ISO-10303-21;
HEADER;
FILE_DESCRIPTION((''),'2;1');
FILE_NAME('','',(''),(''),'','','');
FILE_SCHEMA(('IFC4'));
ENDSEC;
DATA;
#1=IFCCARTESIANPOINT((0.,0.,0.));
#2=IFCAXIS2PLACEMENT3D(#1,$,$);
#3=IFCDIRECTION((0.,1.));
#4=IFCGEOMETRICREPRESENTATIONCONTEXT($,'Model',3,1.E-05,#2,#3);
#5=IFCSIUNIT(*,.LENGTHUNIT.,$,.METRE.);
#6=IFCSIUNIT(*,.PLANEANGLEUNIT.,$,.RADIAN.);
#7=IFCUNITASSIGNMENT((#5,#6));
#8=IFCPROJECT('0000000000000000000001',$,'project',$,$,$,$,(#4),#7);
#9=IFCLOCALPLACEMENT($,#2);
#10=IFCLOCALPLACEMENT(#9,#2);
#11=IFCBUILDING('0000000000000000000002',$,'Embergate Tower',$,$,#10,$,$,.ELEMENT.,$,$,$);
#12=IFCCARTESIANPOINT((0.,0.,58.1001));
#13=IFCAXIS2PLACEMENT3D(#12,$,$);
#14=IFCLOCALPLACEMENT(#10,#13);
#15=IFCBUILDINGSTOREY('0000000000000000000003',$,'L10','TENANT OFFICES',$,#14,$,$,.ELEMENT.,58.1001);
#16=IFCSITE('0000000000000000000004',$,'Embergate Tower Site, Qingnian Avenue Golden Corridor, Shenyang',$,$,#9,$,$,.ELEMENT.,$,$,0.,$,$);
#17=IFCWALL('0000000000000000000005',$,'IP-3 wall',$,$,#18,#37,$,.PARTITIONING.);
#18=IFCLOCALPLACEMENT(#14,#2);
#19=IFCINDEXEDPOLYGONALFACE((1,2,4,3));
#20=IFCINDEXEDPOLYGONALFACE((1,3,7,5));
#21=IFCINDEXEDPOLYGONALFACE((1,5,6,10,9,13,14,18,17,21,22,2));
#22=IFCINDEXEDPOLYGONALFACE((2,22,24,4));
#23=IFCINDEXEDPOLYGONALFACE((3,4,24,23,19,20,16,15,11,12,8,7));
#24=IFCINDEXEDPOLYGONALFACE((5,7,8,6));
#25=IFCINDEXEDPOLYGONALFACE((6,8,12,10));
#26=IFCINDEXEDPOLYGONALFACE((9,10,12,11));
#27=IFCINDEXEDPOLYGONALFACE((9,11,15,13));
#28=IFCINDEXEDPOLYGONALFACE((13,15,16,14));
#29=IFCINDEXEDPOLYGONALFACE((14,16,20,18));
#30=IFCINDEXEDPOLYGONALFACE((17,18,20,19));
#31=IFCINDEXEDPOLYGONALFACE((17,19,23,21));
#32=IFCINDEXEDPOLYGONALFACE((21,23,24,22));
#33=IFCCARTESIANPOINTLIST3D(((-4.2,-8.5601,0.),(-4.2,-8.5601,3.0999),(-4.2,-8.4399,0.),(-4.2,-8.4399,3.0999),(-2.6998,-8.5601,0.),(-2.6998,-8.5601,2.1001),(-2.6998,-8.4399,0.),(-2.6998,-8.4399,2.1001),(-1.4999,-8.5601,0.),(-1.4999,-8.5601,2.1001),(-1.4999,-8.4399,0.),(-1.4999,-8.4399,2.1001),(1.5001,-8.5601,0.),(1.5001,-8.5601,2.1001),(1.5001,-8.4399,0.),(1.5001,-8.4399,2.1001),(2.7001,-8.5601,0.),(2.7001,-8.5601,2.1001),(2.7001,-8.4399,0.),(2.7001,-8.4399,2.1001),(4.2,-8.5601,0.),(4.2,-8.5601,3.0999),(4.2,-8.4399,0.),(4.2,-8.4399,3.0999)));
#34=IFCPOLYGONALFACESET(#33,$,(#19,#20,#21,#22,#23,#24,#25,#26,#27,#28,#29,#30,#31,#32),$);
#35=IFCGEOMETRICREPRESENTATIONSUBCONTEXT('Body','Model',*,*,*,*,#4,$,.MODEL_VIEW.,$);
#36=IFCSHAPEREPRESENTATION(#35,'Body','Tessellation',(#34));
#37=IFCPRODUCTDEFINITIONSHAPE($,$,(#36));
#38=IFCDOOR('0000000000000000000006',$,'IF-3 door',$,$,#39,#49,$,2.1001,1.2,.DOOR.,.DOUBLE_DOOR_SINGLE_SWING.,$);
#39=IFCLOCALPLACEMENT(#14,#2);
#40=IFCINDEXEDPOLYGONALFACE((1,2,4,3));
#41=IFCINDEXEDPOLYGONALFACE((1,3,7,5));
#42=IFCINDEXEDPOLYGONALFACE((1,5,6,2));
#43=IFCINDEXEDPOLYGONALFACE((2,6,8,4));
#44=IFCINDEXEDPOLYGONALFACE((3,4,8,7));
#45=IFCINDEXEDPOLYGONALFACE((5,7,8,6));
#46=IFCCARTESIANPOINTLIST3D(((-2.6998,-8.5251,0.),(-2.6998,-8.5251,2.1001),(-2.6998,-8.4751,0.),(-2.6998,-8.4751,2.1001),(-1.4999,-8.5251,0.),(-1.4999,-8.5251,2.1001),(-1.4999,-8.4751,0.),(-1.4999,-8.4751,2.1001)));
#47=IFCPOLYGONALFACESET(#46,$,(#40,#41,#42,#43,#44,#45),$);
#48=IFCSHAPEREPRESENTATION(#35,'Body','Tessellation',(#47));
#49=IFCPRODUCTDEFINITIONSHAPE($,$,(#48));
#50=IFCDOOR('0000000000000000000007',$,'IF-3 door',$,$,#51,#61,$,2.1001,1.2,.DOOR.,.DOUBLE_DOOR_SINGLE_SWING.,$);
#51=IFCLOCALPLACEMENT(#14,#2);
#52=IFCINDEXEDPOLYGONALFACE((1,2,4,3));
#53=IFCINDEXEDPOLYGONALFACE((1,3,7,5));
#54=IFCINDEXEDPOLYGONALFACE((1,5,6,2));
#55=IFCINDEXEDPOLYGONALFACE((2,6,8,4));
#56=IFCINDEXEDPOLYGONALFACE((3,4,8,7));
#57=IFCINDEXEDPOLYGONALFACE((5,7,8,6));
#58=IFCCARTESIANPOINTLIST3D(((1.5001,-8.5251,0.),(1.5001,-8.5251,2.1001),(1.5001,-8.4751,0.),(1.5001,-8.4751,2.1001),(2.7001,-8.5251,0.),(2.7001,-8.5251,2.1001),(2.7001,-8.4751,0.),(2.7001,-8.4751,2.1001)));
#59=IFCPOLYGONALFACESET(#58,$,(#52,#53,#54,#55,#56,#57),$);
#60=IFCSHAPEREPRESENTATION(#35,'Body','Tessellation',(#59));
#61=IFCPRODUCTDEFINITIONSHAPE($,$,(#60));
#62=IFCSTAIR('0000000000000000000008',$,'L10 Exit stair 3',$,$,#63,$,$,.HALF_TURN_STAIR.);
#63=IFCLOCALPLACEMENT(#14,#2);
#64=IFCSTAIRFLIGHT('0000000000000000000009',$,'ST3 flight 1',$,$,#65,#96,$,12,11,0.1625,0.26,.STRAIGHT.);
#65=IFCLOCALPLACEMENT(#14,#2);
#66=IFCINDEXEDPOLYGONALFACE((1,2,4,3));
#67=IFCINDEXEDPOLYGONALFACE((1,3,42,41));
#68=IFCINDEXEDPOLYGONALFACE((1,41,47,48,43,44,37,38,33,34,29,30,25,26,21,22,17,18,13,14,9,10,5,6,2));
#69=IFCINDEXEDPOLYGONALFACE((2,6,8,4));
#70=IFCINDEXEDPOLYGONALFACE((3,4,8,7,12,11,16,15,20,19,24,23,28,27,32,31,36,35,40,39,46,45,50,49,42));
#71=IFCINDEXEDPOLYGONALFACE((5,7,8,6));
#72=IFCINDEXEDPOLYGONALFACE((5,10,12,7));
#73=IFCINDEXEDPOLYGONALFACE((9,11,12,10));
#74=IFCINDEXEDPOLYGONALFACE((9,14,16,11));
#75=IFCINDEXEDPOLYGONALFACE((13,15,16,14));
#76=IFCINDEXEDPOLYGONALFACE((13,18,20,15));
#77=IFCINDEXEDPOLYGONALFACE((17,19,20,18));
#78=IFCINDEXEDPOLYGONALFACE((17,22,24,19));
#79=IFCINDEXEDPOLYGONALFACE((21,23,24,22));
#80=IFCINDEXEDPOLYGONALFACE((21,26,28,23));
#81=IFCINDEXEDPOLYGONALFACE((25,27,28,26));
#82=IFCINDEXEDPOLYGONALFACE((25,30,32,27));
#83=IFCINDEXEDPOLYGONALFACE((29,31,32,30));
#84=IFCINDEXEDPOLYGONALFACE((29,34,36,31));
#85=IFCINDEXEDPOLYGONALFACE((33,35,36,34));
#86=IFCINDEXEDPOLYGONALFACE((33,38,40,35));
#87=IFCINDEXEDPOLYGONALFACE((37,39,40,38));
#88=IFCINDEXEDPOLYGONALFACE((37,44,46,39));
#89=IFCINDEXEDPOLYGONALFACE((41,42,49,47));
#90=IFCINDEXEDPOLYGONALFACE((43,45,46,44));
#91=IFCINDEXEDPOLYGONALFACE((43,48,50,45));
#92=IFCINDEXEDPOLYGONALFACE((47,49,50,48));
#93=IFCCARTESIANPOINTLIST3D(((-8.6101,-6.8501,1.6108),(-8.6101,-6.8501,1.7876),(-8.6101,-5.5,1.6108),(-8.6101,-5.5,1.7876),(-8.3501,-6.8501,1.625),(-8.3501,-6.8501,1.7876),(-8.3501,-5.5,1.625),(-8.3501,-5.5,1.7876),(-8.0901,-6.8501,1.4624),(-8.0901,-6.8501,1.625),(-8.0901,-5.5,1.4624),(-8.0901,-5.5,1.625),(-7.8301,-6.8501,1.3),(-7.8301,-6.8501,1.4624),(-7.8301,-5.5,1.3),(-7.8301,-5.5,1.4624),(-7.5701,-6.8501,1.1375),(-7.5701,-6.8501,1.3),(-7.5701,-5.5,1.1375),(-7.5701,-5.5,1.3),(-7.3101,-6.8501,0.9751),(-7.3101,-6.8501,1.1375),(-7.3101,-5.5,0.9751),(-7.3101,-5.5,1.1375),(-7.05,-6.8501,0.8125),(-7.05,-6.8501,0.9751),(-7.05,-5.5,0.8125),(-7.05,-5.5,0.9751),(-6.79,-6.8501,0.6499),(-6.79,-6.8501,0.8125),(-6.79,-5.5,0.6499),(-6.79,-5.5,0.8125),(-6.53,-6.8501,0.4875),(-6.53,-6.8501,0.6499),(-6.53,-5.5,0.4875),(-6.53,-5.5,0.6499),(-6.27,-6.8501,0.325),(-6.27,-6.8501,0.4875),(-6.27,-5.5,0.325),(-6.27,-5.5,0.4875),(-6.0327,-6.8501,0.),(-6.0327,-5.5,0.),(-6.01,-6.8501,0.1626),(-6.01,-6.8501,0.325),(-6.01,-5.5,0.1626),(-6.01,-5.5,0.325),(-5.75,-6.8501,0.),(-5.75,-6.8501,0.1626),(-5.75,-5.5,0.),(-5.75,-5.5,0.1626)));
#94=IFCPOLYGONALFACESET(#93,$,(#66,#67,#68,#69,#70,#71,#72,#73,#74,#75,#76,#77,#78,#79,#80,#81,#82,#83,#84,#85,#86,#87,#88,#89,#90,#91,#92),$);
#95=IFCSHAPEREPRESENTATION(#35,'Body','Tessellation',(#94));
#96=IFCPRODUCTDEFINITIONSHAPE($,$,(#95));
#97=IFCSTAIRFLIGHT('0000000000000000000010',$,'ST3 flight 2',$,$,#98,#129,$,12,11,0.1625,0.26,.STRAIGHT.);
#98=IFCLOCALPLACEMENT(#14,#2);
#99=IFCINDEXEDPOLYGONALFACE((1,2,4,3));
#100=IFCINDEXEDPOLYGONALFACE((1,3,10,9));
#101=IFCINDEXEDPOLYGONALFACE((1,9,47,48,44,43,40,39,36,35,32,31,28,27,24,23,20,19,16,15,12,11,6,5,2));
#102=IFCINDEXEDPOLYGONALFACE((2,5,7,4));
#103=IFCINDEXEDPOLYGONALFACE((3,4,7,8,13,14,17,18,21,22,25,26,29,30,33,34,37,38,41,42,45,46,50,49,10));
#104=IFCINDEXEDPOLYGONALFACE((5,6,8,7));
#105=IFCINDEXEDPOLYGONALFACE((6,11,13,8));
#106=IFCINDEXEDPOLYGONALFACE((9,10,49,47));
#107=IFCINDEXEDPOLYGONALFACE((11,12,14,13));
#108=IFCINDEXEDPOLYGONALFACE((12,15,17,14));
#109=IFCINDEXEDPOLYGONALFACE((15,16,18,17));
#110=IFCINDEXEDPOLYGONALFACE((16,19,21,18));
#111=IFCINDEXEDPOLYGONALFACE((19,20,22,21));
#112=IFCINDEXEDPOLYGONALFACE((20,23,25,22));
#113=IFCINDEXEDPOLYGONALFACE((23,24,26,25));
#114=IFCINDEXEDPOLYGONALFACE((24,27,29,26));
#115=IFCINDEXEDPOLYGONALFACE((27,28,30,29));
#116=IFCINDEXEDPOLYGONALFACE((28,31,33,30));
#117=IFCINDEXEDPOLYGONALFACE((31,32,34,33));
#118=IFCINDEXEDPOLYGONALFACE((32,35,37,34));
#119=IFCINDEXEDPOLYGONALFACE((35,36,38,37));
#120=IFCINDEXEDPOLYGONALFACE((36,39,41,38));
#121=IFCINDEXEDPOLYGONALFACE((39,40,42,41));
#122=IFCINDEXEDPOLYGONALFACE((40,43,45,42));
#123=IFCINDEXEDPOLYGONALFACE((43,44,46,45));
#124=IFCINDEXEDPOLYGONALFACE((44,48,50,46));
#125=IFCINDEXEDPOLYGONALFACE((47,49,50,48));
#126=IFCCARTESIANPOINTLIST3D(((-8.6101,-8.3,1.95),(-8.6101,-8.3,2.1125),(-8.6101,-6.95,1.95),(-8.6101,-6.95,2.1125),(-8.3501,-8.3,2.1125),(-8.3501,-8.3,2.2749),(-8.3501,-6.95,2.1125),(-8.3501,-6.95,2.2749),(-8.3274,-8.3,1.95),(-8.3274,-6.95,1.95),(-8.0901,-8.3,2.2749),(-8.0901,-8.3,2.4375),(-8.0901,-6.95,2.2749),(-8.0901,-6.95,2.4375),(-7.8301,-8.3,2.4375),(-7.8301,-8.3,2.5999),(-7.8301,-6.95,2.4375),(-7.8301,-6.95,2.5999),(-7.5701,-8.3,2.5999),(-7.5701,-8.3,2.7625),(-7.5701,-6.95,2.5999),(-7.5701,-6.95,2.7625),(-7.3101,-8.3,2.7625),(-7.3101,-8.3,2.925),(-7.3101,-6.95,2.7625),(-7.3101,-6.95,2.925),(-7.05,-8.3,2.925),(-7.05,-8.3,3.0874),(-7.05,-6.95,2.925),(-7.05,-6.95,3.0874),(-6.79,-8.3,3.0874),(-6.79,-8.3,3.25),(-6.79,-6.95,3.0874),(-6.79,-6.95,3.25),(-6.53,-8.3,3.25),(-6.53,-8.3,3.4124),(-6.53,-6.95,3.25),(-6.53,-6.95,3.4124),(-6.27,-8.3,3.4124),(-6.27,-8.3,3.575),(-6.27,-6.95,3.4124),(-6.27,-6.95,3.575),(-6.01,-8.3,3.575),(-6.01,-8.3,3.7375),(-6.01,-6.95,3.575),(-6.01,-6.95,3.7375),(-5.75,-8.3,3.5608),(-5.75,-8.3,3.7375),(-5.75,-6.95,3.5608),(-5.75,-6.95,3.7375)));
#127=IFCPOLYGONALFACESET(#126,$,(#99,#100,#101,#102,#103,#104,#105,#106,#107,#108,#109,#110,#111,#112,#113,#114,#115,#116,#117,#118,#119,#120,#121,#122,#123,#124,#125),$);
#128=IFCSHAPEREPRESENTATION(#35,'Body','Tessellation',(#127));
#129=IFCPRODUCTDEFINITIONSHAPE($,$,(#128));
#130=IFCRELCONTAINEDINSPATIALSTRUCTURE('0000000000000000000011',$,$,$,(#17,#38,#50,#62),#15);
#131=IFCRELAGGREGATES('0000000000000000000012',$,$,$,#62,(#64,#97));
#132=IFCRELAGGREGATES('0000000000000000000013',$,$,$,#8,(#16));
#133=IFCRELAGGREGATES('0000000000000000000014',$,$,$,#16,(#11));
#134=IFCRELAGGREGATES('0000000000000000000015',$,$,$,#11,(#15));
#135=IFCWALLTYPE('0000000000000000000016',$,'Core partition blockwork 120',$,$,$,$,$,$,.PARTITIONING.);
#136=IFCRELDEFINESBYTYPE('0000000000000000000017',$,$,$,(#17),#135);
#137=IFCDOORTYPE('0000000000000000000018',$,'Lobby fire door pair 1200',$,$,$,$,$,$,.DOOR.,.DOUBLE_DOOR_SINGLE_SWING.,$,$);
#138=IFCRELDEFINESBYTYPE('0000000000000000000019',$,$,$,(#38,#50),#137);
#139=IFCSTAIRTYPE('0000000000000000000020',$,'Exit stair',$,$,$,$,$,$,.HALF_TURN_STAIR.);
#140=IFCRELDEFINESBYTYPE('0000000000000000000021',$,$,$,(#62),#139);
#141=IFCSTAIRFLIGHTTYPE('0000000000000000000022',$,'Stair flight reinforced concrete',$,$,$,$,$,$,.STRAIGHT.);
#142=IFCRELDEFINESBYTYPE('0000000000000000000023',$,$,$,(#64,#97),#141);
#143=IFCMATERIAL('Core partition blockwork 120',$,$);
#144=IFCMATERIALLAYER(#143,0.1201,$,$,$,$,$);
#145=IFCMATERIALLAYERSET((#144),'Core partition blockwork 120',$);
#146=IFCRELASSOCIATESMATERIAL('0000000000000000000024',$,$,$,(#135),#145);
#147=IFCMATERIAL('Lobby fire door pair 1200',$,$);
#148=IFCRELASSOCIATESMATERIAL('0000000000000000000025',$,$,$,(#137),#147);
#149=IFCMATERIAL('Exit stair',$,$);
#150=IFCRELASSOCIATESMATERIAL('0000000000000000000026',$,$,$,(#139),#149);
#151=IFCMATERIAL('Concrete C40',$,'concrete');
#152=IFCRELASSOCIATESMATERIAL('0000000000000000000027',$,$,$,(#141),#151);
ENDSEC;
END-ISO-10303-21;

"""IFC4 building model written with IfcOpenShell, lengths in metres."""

from ifc_helpers import new_model, si_unit, direction, frame, frame_2d, origin, place, context, subcontext, project, spatial, polyline, rectangle, outline, extrude, source, transform, mapped, material, layer, layer_set, type_object, element, fill, aggregate, save


model = new_model("IFC4")

# Units and contexts
model_context = context("Model", 3, precision=1e-05, world=origin(), true_north=direction((0.0, 1.0)))
body_context = subcontext(model_context, "Body", "Model", "MODEL_VIEW")
ifc_project = project(units=[si_unit("LENGTHUNIT", "METRE"), si_unit("PLANEANGLEUNIT", "RADIAN")], contexts=[model_context])

# Site, building, storey
site_placement = place(None, origin())
site = spatial("IfcSite", under=ifc_project, at=site_placement, Name="Embergate Tower Site, Qingnian Avenue Golden Corridor, Shenyang", CompositionType="ELEMENT", RefElevation=0.0)
building_placement = place(site_placement, origin())
building = spatial("IfcBuilding", under=site, at=building_placement, Name="Embergate Tower", CompositionType="ELEMENT")
storey_placement = place(building_placement, frame((0.0, 0.0, 58.1001)))
storey = spatial("IfcBuildingStorey", under=building, at=storey_placement, Name="L10", Description="TENANT OFFICES", CompositionType="ELEMENT", Elevation=58.1001)

# Shared definitions
shared_shape_1 = source(origin(), body_context, "Body", "SweptSolid", [
    extrude(rectangle(XDim=1.2, YDim=2.1001, at=frame_2d((0.6001, 1.05))), frame((0.0, 0.0249, 0.0), z_axis=(0.0, -1.0, 0.0), x_axis=(1.0, 0.0, 0.0)), (0.0, 0.0, 1.0), 0.05),
])
ifc_material_1 = material(Name="Core partition blockwork 120")
ifc_layer_1 = layer(ifc_material_1, 0.1201)
ifc_layer_set_1 = layer_set([ifc_layer_1], Name="Core partition blockwork 120")
wall_type_1 = type_object("IfcWallType", Name="Core partition blockwork 120", PredefinedType="PARTITIONING", material=ifc_layer_set_1)

# Wall, openings, doors
shared_shape_2 = source(origin(), body_context, "Body", "SweptSolid", [
    extrude(rectangle(XDim=8.3999, YDim=0.1201, at=frame_2d((4.2, 0.0))), origin(), (0.0, 0.0, 1.0), 3.0999),
])
wall_1_placement = place(storey_placement, frame((-4.2, -8.5, 0.0), z_axis=(0.0, 0.0, 1.0), x_axis=(1.0, 0.0, 0.0)))
wall_1 = element("IfcWall", 1, at=wall_1_placement, inside=storey, type_object=wall_type_1, Name="IP-3 wall", PredefinedType="PARTITIONING", context=body_context, shape_type="MappedRepresentation", body=[
    mapped(shared_shape_2, transform((0.0, 0.0, 0.0))),
])
shared_shape_3 = source(origin(), body_context, "Body", "SweptSolid", [
    extrude(rectangle(XDim=1.2, YDim=2.1001, at=frame_2d((0.6001, 1.05))), frame((0.0, 0.0701, 0.0), z_axis=(0.0, -1.0, 0.0), x_axis=(1.0, 0.0, 0.0)), (0.0, 0.0, 1.0), 0.1401),
])
opening_1_placement = place(wall_1_placement, frame((1.5, 0.0, 0.0)))
opening_1 = element("IfcOpeningElement", 2, at=opening_1_placement, cuts=wall_1, PredefinedType="OPENING", context=body_context, shape_type="MappedRepresentation", body=[
    mapped(shared_shape_3, transform((0.0, 0.0, 0.0))),
])
opening_2_placement = place(wall_1_placement, frame((5.7, 0.0, 0.0)))
opening_2 = element("IfcOpeningElement", 3, at=opening_2_placement, cuts=wall_1, PredefinedType="OPENING", context=body_context, shape_type="MappedRepresentation", body=[
    mapped(shared_shape_3, transform((0.0, 0.0, 0.0))),
])
ifc_material_2 = material(Name="Lobby fire door pair 1200")
door_type_1 = type_object("IfcDoorType", Name="Lobby fire door pair 1200", OperationType="DOUBLE_DOOR_SINGLE_SWING", PredefinedType="DOOR", material=ifc_material_2)
door_1_placement = place(opening_1_placement, origin())
door_1 = element("IfcDoor", 4, at=door_1_placement, inside=storey, type_object=door_type_1, Name="IF-3 door", OperationType="DOUBLE_DOOR_SINGLE_SWING", OverallHeight=2.1001, OverallWidth=1.2, PredefinedType="DOOR", context=body_context, shape_type="MappedRepresentation", body=[
    mapped(shared_shape_1, transform((0.0, 0.0, 0.0))),
])
fill(opening_1, door_1)
door_2_placement = place(opening_2_placement, origin())
door_2 = element("IfcDoor", 5, at=door_2_placement, inside=storey, type_object=door_type_1, Name="IF-3 door", OperationType="DOUBLE_DOOR_SINGLE_SWING", OverallHeight=2.1001, OverallWidth=1.2, PredefinedType="DOOR", context=body_context, shape_type="MappedRepresentation", body=[
    mapped(shared_shape_1, transform((0.0, 0.0, 0.0))),
])
fill(opening_2, door_2)

# Stair, stair flights
ifc_material_3 = material(Name="Exit stair")
stair_type = type_object("IfcStairType", Name="Exit stair", PredefinedType="HALF_TURN_STAIR", material=ifc_material_3)
stair_placement = place(storey_placement, origin())
stair = element("IfcStair", 6, at=stair_placement, inside=storey, type_object=stair_type, Name="L10 Exit stair 3", PredefinedType="HALF_TURN_STAIR")
ifc_material_4 = material(Name="Concrete C40", Category="concrete")
stair_flight_type = type_object("IfcStairFlightType", Name="Stair flight reinforced concrete", PredefinedType="STRAIGHT", material=ifc_material_4)
shared_shape_4 = source(origin(), body_context, "Body", "SweptSolid", [
    extrude(outline(polyline([(0.0, 0.0), (0.0, 0.1626), (0.26, 0.1626), (0.26, 0.325), (0.52, 0.325), (0.52, 0.4875), (0.78, 0.4875), (0.78, 0.6499), (1.04, 0.6499), (1.04, 0.8125), (1.3, 0.8125), (1.3, 0.9751), (1.5601, 0.9751), (1.5601, 1.1375), (1.8201, 1.1375), (1.8201, 1.3), (2.0801, 1.3), (2.0801, 1.4624), (2.3401, 1.4624), (2.3401, 1.625), (2.6001, 1.625), (2.6001, 1.7876), (2.8601, 1.7876), (2.8601, 1.95), (2.8601, 1.6108), (0.2827, 0.0), (0.0, 0.0)])), frame((0.0, 0.675, 0.0), z_axis=(0.0, -1.0, 0.0), x_axis=(1.0, 0.0, 0.0)), (0.0, 0.0, 1.0), 1.3501),
])
stair_flight_1_placement = place(storey_placement, frame((-5.75, -6.175, 0.0), z_axis=(0.0, 0.0, 1.0), x_axis=(-1.0, 0.0, 0.0)))
stair_flight_1 = element("IfcStairFlight", 7, at=stair_flight_1_placement, type_object=stair_flight_type, Name="ST3 flight 1", NumberOfRisers=12, NumberOfTreads=11, PredefinedType="STRAIGHT", RiserHeight=0.1625, TreadLength=0.26, context=body_context, shape_type="MappedRepresentation", body=[
    mapped(shared_shape_4, transform((0.0, 0.0, 0.0))),
])
stair_flight_2_placement = place(storey_placement, frame((-8.6101, -7.625, 1.95), z_axis=(0.0, 0.0, 1.0), x_axis=(1.0, 0.0, 0.0)))
stair_flight_2 = element("IfcStairFlight", 8, at=stair_flight_2_placement, type_object=stair_flight_type, Name="ST3 flight 2", NumberOfRisers=12, NumberOfTreads=11, PredefinedType="STRAIGHT", RiserHeight=0.1625, TreadLength=0.26, context=body_context, shape_type="MappedRepresentation", body=[
    mapped(shared_shape_4, transform((0.0, 0.0, 0.0))),
])
aggregate(stair, [stair_flight_1, stair_flight_2])

save(model, "model.ifc")
